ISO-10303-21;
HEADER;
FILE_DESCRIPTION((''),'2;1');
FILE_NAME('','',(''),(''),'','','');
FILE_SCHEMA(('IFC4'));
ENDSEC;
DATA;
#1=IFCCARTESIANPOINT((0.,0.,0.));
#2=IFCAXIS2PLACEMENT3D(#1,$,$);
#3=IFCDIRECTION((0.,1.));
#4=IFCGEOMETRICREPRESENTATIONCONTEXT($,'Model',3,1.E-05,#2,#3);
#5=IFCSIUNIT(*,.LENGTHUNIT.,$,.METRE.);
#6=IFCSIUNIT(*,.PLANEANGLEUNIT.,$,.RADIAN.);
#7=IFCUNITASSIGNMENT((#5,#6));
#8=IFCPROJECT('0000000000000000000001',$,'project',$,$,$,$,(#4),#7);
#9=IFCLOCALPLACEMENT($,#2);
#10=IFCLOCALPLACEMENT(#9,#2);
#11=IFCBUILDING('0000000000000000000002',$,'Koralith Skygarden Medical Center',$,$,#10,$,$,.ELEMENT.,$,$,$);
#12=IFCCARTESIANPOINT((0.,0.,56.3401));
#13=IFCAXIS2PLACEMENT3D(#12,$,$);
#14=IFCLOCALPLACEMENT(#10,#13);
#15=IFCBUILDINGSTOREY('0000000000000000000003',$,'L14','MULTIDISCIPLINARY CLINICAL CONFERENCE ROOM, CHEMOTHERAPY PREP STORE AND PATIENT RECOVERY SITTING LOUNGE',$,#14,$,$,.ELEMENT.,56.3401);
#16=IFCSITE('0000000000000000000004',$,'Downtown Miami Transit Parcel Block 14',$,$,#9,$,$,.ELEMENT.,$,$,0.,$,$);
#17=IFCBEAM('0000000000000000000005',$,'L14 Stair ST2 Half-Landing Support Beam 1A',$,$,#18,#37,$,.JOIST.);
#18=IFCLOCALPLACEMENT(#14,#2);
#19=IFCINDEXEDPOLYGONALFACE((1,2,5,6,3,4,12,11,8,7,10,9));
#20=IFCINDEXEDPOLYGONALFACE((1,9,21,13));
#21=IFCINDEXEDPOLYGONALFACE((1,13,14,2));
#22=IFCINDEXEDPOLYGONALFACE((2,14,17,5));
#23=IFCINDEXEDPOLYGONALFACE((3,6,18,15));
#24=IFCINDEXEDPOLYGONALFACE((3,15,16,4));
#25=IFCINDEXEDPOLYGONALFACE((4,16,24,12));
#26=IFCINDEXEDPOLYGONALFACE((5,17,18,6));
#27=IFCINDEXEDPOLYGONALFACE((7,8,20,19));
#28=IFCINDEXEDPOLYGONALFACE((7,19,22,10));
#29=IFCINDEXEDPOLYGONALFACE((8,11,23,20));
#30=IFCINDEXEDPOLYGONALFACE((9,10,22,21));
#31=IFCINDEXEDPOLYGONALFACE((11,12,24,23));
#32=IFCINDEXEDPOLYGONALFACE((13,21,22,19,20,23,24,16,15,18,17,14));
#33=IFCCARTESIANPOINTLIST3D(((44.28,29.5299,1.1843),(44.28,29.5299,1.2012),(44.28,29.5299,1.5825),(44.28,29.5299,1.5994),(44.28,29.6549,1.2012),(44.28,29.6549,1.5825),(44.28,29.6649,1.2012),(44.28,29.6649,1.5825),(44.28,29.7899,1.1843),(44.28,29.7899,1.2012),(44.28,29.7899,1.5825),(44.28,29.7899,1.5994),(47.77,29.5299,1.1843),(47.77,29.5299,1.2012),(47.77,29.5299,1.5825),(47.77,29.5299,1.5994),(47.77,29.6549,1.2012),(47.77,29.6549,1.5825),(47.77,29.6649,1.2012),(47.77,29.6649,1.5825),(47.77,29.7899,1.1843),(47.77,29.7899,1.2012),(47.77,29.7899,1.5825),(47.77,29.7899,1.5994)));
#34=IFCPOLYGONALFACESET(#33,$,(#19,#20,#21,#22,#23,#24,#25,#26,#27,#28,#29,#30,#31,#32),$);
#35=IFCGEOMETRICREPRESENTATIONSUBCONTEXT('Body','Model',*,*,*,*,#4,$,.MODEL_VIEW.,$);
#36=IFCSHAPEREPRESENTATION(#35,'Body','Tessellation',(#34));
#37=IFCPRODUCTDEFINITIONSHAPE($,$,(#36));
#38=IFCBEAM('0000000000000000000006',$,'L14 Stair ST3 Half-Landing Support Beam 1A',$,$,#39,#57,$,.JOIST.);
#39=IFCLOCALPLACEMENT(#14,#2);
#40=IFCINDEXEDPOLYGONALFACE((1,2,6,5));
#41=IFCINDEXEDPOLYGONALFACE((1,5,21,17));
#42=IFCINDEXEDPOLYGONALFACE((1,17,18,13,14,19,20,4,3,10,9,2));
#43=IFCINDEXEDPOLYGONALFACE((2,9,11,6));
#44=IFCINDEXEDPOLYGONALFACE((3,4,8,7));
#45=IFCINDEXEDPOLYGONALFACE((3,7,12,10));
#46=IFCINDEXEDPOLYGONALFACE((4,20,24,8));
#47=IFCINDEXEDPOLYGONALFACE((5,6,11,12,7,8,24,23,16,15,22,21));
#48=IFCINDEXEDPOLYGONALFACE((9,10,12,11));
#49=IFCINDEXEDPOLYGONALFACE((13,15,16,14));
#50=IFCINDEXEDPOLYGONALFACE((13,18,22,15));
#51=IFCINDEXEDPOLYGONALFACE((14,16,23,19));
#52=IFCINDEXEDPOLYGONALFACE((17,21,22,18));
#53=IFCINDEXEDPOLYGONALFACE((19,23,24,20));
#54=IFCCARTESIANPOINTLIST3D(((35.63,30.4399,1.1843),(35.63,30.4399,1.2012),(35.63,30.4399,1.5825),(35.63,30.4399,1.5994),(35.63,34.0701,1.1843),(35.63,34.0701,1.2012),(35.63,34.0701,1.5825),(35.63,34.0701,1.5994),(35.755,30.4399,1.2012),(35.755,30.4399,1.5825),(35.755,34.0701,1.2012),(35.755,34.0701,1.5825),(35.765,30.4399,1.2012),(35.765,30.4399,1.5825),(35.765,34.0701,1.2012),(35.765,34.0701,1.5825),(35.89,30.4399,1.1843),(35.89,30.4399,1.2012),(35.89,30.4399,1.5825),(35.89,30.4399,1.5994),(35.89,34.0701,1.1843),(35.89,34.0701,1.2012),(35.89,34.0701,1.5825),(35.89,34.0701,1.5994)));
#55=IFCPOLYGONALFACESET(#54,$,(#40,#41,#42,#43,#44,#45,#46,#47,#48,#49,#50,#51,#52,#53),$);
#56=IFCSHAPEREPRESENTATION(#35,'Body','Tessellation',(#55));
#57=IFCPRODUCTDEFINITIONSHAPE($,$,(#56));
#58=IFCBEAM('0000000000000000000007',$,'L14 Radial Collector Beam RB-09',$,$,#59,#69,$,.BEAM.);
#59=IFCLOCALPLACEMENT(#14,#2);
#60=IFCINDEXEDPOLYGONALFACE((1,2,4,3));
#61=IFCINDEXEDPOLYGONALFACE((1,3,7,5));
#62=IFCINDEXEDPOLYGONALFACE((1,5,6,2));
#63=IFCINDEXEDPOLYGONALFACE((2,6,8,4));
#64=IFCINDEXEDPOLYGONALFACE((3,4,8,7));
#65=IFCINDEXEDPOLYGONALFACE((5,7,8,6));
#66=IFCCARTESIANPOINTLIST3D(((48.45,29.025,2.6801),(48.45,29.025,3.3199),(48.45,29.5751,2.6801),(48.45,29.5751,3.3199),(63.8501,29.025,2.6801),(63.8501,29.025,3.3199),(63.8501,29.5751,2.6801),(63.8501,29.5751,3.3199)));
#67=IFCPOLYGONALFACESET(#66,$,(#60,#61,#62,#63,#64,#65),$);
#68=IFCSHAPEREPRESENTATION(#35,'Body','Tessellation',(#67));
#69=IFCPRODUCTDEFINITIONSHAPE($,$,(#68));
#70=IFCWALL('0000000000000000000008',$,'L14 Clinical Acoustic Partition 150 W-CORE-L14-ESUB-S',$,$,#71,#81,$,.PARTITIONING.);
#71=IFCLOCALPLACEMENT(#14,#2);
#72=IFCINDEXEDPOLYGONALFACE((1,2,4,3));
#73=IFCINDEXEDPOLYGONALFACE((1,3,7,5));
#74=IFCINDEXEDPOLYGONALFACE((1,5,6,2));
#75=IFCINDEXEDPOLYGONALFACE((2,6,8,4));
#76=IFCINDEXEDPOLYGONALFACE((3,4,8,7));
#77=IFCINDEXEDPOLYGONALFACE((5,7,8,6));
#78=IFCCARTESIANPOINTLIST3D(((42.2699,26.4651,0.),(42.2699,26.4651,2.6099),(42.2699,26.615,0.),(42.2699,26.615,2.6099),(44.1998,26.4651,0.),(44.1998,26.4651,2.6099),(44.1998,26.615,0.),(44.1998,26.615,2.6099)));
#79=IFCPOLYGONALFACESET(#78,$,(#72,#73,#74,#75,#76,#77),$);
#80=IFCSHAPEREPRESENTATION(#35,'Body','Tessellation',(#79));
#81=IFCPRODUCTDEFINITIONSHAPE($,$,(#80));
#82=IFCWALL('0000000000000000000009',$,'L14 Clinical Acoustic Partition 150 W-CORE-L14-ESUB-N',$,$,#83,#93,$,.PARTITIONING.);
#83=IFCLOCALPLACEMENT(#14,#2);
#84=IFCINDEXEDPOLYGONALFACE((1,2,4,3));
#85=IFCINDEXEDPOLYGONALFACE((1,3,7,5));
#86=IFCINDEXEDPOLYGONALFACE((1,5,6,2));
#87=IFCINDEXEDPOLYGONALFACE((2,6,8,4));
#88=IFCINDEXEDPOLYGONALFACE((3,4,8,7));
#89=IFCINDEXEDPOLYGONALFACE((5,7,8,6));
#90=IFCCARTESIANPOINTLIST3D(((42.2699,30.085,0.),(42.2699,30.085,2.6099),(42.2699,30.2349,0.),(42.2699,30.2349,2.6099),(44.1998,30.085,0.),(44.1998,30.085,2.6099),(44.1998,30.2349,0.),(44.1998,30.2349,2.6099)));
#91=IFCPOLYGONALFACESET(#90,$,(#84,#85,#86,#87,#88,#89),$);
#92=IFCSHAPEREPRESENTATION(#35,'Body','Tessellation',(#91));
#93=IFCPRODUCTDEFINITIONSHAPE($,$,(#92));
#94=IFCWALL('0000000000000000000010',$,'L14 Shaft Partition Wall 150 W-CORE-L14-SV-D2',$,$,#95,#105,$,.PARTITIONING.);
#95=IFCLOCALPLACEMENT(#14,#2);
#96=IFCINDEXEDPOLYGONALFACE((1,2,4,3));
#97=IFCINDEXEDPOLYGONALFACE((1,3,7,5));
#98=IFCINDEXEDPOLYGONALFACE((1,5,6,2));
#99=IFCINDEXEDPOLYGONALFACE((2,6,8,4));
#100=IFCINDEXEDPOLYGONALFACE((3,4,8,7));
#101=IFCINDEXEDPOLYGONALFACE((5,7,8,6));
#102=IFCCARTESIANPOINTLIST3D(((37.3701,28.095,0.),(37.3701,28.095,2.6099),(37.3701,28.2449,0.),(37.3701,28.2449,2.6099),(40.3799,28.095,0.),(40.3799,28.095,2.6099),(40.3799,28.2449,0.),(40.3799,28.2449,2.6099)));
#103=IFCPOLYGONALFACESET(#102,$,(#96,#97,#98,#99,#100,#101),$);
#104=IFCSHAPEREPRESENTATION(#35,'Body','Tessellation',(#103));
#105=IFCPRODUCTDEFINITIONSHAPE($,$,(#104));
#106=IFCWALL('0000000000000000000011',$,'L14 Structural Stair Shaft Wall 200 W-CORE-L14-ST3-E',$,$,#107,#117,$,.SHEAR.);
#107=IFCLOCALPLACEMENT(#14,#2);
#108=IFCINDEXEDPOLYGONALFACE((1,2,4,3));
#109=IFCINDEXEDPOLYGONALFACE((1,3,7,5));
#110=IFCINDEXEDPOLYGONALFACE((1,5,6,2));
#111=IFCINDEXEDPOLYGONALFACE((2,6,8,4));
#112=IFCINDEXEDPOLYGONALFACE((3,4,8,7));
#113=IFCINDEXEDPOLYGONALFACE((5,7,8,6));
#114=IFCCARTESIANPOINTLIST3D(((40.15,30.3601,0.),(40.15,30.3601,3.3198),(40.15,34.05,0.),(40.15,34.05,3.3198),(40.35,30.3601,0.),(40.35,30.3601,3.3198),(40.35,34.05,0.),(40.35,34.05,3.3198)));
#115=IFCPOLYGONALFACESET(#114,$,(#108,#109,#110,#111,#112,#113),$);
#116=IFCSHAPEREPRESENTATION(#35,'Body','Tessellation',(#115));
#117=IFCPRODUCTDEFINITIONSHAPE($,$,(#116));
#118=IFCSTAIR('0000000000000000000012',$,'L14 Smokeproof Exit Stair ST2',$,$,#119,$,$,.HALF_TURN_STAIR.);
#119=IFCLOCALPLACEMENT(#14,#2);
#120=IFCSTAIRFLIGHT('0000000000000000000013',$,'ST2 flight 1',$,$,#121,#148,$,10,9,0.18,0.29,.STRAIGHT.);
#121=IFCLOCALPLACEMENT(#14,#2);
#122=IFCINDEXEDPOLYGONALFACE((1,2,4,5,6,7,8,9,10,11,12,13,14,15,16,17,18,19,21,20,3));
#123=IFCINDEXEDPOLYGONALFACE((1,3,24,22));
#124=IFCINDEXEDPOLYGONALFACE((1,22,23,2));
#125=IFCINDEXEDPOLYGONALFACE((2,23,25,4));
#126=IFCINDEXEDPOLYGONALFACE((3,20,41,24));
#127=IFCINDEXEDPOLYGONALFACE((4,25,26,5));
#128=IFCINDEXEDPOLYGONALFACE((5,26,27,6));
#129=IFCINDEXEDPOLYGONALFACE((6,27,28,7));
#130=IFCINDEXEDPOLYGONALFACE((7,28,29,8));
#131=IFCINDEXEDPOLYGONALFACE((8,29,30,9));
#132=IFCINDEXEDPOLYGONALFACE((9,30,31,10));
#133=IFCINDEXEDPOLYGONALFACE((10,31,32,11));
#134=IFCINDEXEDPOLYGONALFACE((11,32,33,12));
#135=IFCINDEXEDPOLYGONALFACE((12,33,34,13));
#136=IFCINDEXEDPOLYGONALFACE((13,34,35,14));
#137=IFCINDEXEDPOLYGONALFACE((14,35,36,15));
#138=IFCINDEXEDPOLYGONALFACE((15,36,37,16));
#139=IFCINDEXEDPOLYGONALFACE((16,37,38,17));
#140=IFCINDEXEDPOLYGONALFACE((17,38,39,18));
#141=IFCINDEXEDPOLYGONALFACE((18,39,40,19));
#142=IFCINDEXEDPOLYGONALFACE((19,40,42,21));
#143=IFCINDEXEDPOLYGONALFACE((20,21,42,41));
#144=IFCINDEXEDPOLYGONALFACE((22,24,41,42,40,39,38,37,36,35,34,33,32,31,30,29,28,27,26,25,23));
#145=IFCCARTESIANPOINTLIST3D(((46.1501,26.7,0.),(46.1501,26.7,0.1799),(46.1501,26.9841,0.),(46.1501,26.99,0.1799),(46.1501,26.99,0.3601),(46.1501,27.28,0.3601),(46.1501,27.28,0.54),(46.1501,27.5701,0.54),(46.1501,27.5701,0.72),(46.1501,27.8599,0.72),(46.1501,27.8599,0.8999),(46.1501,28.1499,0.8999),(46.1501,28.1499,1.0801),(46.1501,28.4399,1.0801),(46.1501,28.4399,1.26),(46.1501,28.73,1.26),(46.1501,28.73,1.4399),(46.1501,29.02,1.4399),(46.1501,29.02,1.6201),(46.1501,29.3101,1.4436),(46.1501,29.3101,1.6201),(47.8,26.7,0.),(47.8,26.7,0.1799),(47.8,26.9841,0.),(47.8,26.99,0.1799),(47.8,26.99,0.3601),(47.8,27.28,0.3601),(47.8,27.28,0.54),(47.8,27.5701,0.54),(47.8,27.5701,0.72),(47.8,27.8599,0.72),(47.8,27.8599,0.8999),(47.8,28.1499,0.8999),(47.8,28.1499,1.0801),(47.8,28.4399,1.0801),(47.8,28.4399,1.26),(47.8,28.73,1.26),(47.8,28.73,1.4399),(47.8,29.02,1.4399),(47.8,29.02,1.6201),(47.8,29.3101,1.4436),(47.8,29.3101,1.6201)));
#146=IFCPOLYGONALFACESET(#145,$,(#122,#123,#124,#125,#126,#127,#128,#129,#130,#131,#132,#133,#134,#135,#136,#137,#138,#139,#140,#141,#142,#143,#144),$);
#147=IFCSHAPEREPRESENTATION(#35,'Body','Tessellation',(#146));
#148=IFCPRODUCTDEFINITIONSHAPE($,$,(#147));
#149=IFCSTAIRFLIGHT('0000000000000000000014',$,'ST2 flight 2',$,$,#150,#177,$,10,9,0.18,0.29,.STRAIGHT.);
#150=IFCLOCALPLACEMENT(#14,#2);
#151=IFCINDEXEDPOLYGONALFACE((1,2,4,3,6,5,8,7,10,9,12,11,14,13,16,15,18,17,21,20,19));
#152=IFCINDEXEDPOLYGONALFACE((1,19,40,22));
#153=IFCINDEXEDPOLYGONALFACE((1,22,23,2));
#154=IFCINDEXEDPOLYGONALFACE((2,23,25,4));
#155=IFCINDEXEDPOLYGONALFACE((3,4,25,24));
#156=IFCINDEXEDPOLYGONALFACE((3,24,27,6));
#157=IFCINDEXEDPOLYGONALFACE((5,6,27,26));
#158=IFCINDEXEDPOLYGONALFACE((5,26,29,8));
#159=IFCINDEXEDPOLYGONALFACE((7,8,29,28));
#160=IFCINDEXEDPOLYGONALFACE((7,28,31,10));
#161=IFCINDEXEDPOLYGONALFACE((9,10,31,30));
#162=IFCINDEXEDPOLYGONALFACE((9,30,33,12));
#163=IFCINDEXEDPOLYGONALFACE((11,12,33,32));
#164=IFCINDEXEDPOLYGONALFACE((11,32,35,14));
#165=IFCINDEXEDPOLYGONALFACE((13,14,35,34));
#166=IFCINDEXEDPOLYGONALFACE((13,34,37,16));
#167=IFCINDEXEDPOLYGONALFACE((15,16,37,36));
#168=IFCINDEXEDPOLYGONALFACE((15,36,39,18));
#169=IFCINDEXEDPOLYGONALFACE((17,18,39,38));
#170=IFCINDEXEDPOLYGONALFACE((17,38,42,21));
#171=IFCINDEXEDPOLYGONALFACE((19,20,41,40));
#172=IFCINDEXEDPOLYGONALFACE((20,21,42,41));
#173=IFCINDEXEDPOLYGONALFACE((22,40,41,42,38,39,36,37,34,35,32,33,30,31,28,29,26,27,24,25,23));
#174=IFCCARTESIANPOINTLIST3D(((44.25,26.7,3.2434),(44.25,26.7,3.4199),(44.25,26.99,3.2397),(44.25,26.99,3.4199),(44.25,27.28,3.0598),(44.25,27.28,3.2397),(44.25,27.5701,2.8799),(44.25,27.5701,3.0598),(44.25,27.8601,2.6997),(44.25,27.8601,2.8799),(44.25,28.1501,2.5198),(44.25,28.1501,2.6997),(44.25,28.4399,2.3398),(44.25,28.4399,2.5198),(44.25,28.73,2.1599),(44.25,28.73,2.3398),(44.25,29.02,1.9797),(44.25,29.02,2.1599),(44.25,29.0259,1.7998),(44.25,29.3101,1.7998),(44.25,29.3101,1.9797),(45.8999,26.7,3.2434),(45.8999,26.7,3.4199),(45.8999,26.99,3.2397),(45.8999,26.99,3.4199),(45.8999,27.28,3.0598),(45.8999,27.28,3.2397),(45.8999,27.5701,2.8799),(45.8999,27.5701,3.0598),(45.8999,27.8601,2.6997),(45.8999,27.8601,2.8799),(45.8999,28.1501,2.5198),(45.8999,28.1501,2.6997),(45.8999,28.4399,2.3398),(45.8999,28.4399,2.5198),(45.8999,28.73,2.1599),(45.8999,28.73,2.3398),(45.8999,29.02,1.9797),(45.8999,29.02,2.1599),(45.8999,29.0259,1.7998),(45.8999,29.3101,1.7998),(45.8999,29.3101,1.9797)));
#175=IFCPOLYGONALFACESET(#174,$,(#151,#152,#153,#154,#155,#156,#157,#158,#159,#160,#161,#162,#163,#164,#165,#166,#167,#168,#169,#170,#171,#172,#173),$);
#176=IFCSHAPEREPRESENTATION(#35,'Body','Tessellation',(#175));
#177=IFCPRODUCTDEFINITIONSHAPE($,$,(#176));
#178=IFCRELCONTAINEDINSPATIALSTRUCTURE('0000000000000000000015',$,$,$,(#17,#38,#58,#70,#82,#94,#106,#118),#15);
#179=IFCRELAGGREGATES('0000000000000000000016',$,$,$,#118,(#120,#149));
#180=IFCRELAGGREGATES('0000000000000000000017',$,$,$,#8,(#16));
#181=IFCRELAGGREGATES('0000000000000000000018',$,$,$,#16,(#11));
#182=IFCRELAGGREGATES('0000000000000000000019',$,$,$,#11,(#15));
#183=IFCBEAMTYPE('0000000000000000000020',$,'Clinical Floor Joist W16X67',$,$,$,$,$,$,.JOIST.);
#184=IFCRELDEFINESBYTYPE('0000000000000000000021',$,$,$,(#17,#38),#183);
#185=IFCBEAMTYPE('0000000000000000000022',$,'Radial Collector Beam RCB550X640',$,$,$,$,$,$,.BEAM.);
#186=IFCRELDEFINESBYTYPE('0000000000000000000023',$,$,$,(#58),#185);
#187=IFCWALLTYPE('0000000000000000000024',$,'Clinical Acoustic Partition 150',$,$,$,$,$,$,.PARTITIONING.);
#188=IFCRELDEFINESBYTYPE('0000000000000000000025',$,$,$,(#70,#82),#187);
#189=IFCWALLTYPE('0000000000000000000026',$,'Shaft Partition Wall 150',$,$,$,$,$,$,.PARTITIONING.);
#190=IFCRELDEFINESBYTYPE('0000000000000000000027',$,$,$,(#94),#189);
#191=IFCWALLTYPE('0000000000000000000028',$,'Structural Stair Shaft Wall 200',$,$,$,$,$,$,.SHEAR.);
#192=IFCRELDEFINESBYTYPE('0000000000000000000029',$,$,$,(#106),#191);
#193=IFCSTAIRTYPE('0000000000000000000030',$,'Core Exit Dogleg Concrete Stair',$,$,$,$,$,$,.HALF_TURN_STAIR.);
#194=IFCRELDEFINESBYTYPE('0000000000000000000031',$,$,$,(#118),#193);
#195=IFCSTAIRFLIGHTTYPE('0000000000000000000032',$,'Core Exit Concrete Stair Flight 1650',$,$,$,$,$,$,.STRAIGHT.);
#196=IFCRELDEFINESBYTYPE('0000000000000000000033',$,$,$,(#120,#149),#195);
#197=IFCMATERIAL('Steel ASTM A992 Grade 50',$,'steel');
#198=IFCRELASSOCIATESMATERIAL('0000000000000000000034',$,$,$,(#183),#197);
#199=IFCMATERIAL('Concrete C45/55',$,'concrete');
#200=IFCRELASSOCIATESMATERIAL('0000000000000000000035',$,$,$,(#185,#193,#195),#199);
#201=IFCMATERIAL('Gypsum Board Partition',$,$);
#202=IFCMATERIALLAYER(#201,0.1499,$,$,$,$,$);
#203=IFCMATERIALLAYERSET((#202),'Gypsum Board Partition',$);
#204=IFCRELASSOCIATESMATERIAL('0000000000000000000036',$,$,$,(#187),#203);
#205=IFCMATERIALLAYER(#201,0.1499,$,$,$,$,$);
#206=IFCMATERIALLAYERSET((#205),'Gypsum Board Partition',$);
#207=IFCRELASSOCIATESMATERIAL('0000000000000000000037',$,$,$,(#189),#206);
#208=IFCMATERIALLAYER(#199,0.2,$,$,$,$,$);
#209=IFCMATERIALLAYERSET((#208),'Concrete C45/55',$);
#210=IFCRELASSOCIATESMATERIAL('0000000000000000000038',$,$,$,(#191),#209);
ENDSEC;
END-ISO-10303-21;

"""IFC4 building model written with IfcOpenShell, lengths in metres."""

from ifc_helpers import new_model, si_unit, direction, frame, frame_2d, origin, origin_2d, place, context, subcontext, project, spatial, polyline, rectangle, i_section, outline, extrude, material, layer, layer_set, material_profile, profile_set, type_object, element, aggregate, save


model = new_model("IFC4")

# Units and contexts
model_context = context("Model", 3, precision=1e-05, world=origin(), true_north=direction((0.0, 1.0)))
body_context = subcontext(model_context, "Body", "Model", "MODEL_VIEW")
ifc_project = project(units=[si_unit("LENGTHUNIT", "METRE"), si_unit("PLANEANGLEUNIT", "RADIAN")], contexts=[model_context])

# Site, building, storey
site_placement = place(None, origin())
site = spatial("IfcSite", under=ifc_project, at=site_placement, Name="Downtown Miami Transit Parcel Block 14", CompositionType="ELEMENT", RefElevation=0.0)
building_placement = place(site_placement, origin())
building = spatial("IfcBuilding", under=site, at=building_placement, Name="Koralith Skygarden Medical Center", CompositionType="ELEMENT")
storey_placement = place(building_placement, frame((0.0, 0.0, 56.3401)))
storey = spatial("IfcBuildingStorey", under=building, at=storey_placement, Name="L14", Description="MULTIDISCIPLINARY CLINICAL CONFERENCE ROOM, CHEMOTHERAPY PREP STORE AND PATIENT RECOVERY SITTING LOUNGE", CompositionType="ELEMENT", Elevation=56.3401)

# Beams
ifc_material_1 = material(Name="Steel ASTM A992 Grade 50", Category="steel")
ifc_material_profile_1 = material_profile(ifc_material_1, i_section(OverallWidth=0.26, OverallDepth=0.415, WebThickness=0.01, FlangeThickness=0.0168, at=origin_2d()), Name="W16X67")
ifc_profile_set_1 = profile_set([ifc_material_profile_1], Name="Steel ASTM A992 Grade 50")
beam_type_1 = type_object("IfcBeamType", Name="Clinical Floor Joist W16X67", PredefinedType="JOIST", material=ifc_profile_set_1)
beam_1_placement = place(storey_placement, frame((44.28, 29.6599, 1.3918), z_axis=(1.0, 0.0, 0.0), x_axis=(0.0, 1.0, 0.0)))
element("IfcBeam", 1, at=beam_1_placement, inside=storey, type_object=beam_type_1, Name="L14 Stair ST2 Half-Landing Support Beam 1A", PredefinedType="JOIST", context=body_context, shape_type="SweptSolid", body=[
    extrude(i_section(OverallWidth=0.26, OverallDepth=0.415, WebThickness=0.01, FlangeThickness=0.0168, at=origin_2d()), origin(), (0.0, 0.0, 1.0), 3.49),
])
beam_2_placement = place(storey_placement, frame((35.76, 30.4399, 1.3918), z_axis=(0.0, 1.0, 0.0), x_axis=(-1.0, 0.0, 0.0)))
element("IfcBeam", 2, at=beam_2_placement, inside=storey, type_object=beam_type_1, Name="L14 Stair ST3 Half-Landing Support Beam 1A", PredefinedType="JOIST", context=body_context, shape_type="SweptSolid", body=[
    extrude(i_section(OverallWidth=0.26, OverallDepth=0.415, WebThickness=0.01, FlangeThickness=0.0168, at=origin_2d()), origin(), (0.0, 0.0, 1.0), 3.6301),
])
ifc_material_2 = material(Name="Concrete C45/55", Category="concrete")
ifc_material_profile_2 = material_profile(ifc_material_2, rectangle(XDim=0.55, YDim=0.6399, at=origin_2d()), Name="RCB550X640")
ifc_profile_set_2 = profile_set([ifc_material_profile_2], Name="Concrete C45/55")
beam_type_2 = type_object("IfcBeamType", Name="Radial Collector Beam RCB550X640", PredefinedType="BEAM", material=ifc_profile_set_2)
beam_3_placement = place(storey_placement, frame((48.45, 29.3, 3.0), z_axis=(1.0, 0.0, 0.0), x_axis=(0.0, 1.0, 0.0)))
element("IfcBeam", 3, at=beam_3_placement, inside=storey, type_object=beam_type_2, Name="L14 Radial Collector Beam RB-09", PredefinedType="BEAM", context=body_context, shape_type="SweptSolid", body=[
    extrude(rectangle(XDim=0.55, YDim=0.6399, at=origin_2d()), origin(), (0.0, 0.0, 1.0), 15.4001),
])

# Shared definitions
ifc_material_3 = material(Name="Gypsum Board Partition")
ifc_layer_1 = layer(ifc_material_3, 0.1499)
ifc_layer_set_1 = layer_set([ifc_layer_1], Name="Gypsum Board Partition")
wall_type_1 = type_object("IfcWallType", Name="Clinical Acoustic Partition 150", PredefinedType="PARTITIONING", material=ifc_layer_set_1)

# Walls
for number, where, z_axis, x_axis, name in (
    (4, (42.27, 26.54, 0.0), (0.0, 0.0, 1.0), (1.0, 0.0, 0.0), "L14 Clinical Acoustic Partition 150 W-CORE-L14-ESUB-S"),
    (5, (42.27, 30.1599, 0.0), (0.0, 0.0, 1.0), (1.0, 0.0, 0.0), "L14 Clinical Acoustic Partition 150 W-CORE-L14-ESUB-N"),
):
    element("IfcWall", number, at=place(storey_placement, frame(where, z_axis=z_axis, x_axis=x_axis)), inside=storey, type_object=wall_type_1, Name=name, PredefinedType="PARTITIONING", context=body_context, shape_type="SweptSolid", body=[
        extrude(rectangle(XDim=1.9299, YDim=0.1499, at=frame_2d((0.9648, 0.0))), origin(), (0.0, 0.0, 1.0), 2.6099),
    ])
ifc_layer_2 = layer(ifc_material_3, 0.1499)
ifc_layer_set_2 = layer_set([ifc_layer_2], Name="Gypsum Board Partition")
wall_type_2 = type_object("IfcWallType", Name="Shaft Partition Wall 150", PredefinedType="PARTITIONING", material=ifc_layer_set_2)
wall_1_placement = place(storey_placement, frame((37.3701, 28.1699, 0.0), z_axis=(0.0, 0.0, 1.0), x_axis=(1.0, 0.0, 0.0)))
element("IfcWall", 6, at=wall_1_placement, inside=storey, type_object=wall_type_2, Name="L14 Shaft Partition Wall 150 W-CORE-L14-SV-D2", PredefinedType="PARTITIONING", context=body_context, shape_type="SweptSolid", body=[
    extrude(rectangle(XDim=3.0098, YDim=0.1499, at=frame_2d((1.5049, 0.0))), origin(), (0.0, 0.0, 1.0), 2.6099),
])
ifc_layer_3 = layer(ifc_material_2, 0.2)
ifc_layer_set_3 = layer_set([ifc_layer_3], Name="Concrete C45/55")
wall_type_3 = type_object("IfcWallType", Name="Structural Stair Shaft Wall 200", PredefinedType="SHEAR", material=ifc_layer_set_3)
wall_2_placement = place(storey_placement, frame((40.25, 30.3601, 0.0), z_axis=(0.0, 0.0, 1.0), x_axis=(0.0, 1.0, 0.0)))
element("IfcWall", 7, at=wall_2_placement, inside=storey, type_object=wall_type_3, Name="L14 Structural Stair Shaft Wall 200 W-CORE-L14-ST3-E", PredefinedType="SHEAR", context=body_context, shape_type="SweptSolid", body=[
    extrude(rectangle(XDim=3.6899, YDim=0.2, at=frame_2d((1.845, 0.0))), origin(), (0.0, 0.0, 1.0), 3.3198),
])

# Stair, stair flights
stair_type = type_object("IfcStairType", Name="Core Exit Dogleg Concrete Stair", PredefinedType="HALF_TURN_STAIR", material=ifc_material_2)
stair_placement = place(storey_placement, origin())
stair = element("IfcStair", 8, at=stair_placement, inside=storey, type_object=stair_type, Name="L14 Smokeproof Exit Stair ST2", PredefinedType="HALF_TURN_STAIR")
stair_flight_type = type_object("IfcStairFlightType", Name="Core Exit Concrete Stair Flight 1650", PredefinedType="STRAIGHT", material=ifc_material_2)
stair_flight_1_placement = place(storey_placement, frame((46.9751, 26.7, 0.0), z_axis=(0.0, 0.0, 1.0), x_axis=(0.0, 1.0, 0.0)))
stair_flight_1 = element("IfcStairFlight", 9, at=stair_flight_1_placement, type_object=stair_flight_type, Name="ST2 flight 1", NumberOfRisers=10, NumberOfTreads=9, PredefinedType="STRAIGHT", RiserHeight=0.18, TreadLength=0.29, context=body_context, shape_type="SweptSolid", body=[
    extrude(outline(polyline([(0.0, 0.0), (0.0, 0.1799), (0.29, 0.1799), (0.29, 0.3601), (0.5801, 0.3601), (0.5801, 0.54), (0.8701, 0.54), (0.8701, 0.72), (1.1599, 0.72), (1.1599, 0.8999), (1.45, 0.8999), (1.45, 1.0801), (1.74, 1.0801), (1.74, 1.26), (2.03, 1.26), (2.03, 1.4399), (2.3201, 1.4399), (2.3201, 1.6201), (2.6101, 1.6201), (2.6101, 1.8), (2.6101, 1.4436), (0.2842, 0.0), (0.0, 0.0)])), frame((0.0, 0.825, 0.0), z_axis=(0.0, -1.0, 0.0), x_axis=(1.0, 0.0, 0.0)), (0.0, 0.0, 1.0), 1.6499),
])
stair_flight_2_placement = place(storey_placement, frame((45.075, 29.3101, 1.7998), z_axis=(0.0, 0.0, 1.0), x_axis=(0.0, -1.0, 0.0)))
stair_flight_2 = element("IfcStairFlight", 10, at=stair_flight_2_placement, type_object=stair_flight_type, Name="ST2 flight 2", NumberOfRisers=10, NumberOfTreads=9, PredefinedType="STRAIGHT", RiserHeight=0.18, TreadLength=0.29, context=body_context, shape_type="SweptSolid", body=[
    extrude(outline(polyline([(0.0, 0.0), (0.0, 0.1799), (0.29, 0.1799), (0.29, 0.3601), (0.5801, 0.3601), (0.5801, 0.54), (0.8701, 0.54), (0.8701, 0.72), (1.1599, 0.72), (1.1599, 0.8999), (1.45, 0.8999), (1.45, 1.0801), (1.74, 1.0801), (1.74, 1.26), (2.03, 1.26), (2.03, 1.4399), (2.3201, 1.4399), (2.3201, 1.6201), (2.6101, 1.6201), (2.6101, 1.8), (2.6101, 1.4436), (0.2842, 0.0), (0.0, 0.0)])), frame((0.0, 0.825, 0.0), z_axis=(0.0, -1.0, 0.0), x_axis=(1.0, 0.0, 0.0)), (0.0, 0.0, 1.0), 1.6499),
])
aggregate(stair, [stair_flight_1, stair_flight_2])

save(model, "model.ifc")
